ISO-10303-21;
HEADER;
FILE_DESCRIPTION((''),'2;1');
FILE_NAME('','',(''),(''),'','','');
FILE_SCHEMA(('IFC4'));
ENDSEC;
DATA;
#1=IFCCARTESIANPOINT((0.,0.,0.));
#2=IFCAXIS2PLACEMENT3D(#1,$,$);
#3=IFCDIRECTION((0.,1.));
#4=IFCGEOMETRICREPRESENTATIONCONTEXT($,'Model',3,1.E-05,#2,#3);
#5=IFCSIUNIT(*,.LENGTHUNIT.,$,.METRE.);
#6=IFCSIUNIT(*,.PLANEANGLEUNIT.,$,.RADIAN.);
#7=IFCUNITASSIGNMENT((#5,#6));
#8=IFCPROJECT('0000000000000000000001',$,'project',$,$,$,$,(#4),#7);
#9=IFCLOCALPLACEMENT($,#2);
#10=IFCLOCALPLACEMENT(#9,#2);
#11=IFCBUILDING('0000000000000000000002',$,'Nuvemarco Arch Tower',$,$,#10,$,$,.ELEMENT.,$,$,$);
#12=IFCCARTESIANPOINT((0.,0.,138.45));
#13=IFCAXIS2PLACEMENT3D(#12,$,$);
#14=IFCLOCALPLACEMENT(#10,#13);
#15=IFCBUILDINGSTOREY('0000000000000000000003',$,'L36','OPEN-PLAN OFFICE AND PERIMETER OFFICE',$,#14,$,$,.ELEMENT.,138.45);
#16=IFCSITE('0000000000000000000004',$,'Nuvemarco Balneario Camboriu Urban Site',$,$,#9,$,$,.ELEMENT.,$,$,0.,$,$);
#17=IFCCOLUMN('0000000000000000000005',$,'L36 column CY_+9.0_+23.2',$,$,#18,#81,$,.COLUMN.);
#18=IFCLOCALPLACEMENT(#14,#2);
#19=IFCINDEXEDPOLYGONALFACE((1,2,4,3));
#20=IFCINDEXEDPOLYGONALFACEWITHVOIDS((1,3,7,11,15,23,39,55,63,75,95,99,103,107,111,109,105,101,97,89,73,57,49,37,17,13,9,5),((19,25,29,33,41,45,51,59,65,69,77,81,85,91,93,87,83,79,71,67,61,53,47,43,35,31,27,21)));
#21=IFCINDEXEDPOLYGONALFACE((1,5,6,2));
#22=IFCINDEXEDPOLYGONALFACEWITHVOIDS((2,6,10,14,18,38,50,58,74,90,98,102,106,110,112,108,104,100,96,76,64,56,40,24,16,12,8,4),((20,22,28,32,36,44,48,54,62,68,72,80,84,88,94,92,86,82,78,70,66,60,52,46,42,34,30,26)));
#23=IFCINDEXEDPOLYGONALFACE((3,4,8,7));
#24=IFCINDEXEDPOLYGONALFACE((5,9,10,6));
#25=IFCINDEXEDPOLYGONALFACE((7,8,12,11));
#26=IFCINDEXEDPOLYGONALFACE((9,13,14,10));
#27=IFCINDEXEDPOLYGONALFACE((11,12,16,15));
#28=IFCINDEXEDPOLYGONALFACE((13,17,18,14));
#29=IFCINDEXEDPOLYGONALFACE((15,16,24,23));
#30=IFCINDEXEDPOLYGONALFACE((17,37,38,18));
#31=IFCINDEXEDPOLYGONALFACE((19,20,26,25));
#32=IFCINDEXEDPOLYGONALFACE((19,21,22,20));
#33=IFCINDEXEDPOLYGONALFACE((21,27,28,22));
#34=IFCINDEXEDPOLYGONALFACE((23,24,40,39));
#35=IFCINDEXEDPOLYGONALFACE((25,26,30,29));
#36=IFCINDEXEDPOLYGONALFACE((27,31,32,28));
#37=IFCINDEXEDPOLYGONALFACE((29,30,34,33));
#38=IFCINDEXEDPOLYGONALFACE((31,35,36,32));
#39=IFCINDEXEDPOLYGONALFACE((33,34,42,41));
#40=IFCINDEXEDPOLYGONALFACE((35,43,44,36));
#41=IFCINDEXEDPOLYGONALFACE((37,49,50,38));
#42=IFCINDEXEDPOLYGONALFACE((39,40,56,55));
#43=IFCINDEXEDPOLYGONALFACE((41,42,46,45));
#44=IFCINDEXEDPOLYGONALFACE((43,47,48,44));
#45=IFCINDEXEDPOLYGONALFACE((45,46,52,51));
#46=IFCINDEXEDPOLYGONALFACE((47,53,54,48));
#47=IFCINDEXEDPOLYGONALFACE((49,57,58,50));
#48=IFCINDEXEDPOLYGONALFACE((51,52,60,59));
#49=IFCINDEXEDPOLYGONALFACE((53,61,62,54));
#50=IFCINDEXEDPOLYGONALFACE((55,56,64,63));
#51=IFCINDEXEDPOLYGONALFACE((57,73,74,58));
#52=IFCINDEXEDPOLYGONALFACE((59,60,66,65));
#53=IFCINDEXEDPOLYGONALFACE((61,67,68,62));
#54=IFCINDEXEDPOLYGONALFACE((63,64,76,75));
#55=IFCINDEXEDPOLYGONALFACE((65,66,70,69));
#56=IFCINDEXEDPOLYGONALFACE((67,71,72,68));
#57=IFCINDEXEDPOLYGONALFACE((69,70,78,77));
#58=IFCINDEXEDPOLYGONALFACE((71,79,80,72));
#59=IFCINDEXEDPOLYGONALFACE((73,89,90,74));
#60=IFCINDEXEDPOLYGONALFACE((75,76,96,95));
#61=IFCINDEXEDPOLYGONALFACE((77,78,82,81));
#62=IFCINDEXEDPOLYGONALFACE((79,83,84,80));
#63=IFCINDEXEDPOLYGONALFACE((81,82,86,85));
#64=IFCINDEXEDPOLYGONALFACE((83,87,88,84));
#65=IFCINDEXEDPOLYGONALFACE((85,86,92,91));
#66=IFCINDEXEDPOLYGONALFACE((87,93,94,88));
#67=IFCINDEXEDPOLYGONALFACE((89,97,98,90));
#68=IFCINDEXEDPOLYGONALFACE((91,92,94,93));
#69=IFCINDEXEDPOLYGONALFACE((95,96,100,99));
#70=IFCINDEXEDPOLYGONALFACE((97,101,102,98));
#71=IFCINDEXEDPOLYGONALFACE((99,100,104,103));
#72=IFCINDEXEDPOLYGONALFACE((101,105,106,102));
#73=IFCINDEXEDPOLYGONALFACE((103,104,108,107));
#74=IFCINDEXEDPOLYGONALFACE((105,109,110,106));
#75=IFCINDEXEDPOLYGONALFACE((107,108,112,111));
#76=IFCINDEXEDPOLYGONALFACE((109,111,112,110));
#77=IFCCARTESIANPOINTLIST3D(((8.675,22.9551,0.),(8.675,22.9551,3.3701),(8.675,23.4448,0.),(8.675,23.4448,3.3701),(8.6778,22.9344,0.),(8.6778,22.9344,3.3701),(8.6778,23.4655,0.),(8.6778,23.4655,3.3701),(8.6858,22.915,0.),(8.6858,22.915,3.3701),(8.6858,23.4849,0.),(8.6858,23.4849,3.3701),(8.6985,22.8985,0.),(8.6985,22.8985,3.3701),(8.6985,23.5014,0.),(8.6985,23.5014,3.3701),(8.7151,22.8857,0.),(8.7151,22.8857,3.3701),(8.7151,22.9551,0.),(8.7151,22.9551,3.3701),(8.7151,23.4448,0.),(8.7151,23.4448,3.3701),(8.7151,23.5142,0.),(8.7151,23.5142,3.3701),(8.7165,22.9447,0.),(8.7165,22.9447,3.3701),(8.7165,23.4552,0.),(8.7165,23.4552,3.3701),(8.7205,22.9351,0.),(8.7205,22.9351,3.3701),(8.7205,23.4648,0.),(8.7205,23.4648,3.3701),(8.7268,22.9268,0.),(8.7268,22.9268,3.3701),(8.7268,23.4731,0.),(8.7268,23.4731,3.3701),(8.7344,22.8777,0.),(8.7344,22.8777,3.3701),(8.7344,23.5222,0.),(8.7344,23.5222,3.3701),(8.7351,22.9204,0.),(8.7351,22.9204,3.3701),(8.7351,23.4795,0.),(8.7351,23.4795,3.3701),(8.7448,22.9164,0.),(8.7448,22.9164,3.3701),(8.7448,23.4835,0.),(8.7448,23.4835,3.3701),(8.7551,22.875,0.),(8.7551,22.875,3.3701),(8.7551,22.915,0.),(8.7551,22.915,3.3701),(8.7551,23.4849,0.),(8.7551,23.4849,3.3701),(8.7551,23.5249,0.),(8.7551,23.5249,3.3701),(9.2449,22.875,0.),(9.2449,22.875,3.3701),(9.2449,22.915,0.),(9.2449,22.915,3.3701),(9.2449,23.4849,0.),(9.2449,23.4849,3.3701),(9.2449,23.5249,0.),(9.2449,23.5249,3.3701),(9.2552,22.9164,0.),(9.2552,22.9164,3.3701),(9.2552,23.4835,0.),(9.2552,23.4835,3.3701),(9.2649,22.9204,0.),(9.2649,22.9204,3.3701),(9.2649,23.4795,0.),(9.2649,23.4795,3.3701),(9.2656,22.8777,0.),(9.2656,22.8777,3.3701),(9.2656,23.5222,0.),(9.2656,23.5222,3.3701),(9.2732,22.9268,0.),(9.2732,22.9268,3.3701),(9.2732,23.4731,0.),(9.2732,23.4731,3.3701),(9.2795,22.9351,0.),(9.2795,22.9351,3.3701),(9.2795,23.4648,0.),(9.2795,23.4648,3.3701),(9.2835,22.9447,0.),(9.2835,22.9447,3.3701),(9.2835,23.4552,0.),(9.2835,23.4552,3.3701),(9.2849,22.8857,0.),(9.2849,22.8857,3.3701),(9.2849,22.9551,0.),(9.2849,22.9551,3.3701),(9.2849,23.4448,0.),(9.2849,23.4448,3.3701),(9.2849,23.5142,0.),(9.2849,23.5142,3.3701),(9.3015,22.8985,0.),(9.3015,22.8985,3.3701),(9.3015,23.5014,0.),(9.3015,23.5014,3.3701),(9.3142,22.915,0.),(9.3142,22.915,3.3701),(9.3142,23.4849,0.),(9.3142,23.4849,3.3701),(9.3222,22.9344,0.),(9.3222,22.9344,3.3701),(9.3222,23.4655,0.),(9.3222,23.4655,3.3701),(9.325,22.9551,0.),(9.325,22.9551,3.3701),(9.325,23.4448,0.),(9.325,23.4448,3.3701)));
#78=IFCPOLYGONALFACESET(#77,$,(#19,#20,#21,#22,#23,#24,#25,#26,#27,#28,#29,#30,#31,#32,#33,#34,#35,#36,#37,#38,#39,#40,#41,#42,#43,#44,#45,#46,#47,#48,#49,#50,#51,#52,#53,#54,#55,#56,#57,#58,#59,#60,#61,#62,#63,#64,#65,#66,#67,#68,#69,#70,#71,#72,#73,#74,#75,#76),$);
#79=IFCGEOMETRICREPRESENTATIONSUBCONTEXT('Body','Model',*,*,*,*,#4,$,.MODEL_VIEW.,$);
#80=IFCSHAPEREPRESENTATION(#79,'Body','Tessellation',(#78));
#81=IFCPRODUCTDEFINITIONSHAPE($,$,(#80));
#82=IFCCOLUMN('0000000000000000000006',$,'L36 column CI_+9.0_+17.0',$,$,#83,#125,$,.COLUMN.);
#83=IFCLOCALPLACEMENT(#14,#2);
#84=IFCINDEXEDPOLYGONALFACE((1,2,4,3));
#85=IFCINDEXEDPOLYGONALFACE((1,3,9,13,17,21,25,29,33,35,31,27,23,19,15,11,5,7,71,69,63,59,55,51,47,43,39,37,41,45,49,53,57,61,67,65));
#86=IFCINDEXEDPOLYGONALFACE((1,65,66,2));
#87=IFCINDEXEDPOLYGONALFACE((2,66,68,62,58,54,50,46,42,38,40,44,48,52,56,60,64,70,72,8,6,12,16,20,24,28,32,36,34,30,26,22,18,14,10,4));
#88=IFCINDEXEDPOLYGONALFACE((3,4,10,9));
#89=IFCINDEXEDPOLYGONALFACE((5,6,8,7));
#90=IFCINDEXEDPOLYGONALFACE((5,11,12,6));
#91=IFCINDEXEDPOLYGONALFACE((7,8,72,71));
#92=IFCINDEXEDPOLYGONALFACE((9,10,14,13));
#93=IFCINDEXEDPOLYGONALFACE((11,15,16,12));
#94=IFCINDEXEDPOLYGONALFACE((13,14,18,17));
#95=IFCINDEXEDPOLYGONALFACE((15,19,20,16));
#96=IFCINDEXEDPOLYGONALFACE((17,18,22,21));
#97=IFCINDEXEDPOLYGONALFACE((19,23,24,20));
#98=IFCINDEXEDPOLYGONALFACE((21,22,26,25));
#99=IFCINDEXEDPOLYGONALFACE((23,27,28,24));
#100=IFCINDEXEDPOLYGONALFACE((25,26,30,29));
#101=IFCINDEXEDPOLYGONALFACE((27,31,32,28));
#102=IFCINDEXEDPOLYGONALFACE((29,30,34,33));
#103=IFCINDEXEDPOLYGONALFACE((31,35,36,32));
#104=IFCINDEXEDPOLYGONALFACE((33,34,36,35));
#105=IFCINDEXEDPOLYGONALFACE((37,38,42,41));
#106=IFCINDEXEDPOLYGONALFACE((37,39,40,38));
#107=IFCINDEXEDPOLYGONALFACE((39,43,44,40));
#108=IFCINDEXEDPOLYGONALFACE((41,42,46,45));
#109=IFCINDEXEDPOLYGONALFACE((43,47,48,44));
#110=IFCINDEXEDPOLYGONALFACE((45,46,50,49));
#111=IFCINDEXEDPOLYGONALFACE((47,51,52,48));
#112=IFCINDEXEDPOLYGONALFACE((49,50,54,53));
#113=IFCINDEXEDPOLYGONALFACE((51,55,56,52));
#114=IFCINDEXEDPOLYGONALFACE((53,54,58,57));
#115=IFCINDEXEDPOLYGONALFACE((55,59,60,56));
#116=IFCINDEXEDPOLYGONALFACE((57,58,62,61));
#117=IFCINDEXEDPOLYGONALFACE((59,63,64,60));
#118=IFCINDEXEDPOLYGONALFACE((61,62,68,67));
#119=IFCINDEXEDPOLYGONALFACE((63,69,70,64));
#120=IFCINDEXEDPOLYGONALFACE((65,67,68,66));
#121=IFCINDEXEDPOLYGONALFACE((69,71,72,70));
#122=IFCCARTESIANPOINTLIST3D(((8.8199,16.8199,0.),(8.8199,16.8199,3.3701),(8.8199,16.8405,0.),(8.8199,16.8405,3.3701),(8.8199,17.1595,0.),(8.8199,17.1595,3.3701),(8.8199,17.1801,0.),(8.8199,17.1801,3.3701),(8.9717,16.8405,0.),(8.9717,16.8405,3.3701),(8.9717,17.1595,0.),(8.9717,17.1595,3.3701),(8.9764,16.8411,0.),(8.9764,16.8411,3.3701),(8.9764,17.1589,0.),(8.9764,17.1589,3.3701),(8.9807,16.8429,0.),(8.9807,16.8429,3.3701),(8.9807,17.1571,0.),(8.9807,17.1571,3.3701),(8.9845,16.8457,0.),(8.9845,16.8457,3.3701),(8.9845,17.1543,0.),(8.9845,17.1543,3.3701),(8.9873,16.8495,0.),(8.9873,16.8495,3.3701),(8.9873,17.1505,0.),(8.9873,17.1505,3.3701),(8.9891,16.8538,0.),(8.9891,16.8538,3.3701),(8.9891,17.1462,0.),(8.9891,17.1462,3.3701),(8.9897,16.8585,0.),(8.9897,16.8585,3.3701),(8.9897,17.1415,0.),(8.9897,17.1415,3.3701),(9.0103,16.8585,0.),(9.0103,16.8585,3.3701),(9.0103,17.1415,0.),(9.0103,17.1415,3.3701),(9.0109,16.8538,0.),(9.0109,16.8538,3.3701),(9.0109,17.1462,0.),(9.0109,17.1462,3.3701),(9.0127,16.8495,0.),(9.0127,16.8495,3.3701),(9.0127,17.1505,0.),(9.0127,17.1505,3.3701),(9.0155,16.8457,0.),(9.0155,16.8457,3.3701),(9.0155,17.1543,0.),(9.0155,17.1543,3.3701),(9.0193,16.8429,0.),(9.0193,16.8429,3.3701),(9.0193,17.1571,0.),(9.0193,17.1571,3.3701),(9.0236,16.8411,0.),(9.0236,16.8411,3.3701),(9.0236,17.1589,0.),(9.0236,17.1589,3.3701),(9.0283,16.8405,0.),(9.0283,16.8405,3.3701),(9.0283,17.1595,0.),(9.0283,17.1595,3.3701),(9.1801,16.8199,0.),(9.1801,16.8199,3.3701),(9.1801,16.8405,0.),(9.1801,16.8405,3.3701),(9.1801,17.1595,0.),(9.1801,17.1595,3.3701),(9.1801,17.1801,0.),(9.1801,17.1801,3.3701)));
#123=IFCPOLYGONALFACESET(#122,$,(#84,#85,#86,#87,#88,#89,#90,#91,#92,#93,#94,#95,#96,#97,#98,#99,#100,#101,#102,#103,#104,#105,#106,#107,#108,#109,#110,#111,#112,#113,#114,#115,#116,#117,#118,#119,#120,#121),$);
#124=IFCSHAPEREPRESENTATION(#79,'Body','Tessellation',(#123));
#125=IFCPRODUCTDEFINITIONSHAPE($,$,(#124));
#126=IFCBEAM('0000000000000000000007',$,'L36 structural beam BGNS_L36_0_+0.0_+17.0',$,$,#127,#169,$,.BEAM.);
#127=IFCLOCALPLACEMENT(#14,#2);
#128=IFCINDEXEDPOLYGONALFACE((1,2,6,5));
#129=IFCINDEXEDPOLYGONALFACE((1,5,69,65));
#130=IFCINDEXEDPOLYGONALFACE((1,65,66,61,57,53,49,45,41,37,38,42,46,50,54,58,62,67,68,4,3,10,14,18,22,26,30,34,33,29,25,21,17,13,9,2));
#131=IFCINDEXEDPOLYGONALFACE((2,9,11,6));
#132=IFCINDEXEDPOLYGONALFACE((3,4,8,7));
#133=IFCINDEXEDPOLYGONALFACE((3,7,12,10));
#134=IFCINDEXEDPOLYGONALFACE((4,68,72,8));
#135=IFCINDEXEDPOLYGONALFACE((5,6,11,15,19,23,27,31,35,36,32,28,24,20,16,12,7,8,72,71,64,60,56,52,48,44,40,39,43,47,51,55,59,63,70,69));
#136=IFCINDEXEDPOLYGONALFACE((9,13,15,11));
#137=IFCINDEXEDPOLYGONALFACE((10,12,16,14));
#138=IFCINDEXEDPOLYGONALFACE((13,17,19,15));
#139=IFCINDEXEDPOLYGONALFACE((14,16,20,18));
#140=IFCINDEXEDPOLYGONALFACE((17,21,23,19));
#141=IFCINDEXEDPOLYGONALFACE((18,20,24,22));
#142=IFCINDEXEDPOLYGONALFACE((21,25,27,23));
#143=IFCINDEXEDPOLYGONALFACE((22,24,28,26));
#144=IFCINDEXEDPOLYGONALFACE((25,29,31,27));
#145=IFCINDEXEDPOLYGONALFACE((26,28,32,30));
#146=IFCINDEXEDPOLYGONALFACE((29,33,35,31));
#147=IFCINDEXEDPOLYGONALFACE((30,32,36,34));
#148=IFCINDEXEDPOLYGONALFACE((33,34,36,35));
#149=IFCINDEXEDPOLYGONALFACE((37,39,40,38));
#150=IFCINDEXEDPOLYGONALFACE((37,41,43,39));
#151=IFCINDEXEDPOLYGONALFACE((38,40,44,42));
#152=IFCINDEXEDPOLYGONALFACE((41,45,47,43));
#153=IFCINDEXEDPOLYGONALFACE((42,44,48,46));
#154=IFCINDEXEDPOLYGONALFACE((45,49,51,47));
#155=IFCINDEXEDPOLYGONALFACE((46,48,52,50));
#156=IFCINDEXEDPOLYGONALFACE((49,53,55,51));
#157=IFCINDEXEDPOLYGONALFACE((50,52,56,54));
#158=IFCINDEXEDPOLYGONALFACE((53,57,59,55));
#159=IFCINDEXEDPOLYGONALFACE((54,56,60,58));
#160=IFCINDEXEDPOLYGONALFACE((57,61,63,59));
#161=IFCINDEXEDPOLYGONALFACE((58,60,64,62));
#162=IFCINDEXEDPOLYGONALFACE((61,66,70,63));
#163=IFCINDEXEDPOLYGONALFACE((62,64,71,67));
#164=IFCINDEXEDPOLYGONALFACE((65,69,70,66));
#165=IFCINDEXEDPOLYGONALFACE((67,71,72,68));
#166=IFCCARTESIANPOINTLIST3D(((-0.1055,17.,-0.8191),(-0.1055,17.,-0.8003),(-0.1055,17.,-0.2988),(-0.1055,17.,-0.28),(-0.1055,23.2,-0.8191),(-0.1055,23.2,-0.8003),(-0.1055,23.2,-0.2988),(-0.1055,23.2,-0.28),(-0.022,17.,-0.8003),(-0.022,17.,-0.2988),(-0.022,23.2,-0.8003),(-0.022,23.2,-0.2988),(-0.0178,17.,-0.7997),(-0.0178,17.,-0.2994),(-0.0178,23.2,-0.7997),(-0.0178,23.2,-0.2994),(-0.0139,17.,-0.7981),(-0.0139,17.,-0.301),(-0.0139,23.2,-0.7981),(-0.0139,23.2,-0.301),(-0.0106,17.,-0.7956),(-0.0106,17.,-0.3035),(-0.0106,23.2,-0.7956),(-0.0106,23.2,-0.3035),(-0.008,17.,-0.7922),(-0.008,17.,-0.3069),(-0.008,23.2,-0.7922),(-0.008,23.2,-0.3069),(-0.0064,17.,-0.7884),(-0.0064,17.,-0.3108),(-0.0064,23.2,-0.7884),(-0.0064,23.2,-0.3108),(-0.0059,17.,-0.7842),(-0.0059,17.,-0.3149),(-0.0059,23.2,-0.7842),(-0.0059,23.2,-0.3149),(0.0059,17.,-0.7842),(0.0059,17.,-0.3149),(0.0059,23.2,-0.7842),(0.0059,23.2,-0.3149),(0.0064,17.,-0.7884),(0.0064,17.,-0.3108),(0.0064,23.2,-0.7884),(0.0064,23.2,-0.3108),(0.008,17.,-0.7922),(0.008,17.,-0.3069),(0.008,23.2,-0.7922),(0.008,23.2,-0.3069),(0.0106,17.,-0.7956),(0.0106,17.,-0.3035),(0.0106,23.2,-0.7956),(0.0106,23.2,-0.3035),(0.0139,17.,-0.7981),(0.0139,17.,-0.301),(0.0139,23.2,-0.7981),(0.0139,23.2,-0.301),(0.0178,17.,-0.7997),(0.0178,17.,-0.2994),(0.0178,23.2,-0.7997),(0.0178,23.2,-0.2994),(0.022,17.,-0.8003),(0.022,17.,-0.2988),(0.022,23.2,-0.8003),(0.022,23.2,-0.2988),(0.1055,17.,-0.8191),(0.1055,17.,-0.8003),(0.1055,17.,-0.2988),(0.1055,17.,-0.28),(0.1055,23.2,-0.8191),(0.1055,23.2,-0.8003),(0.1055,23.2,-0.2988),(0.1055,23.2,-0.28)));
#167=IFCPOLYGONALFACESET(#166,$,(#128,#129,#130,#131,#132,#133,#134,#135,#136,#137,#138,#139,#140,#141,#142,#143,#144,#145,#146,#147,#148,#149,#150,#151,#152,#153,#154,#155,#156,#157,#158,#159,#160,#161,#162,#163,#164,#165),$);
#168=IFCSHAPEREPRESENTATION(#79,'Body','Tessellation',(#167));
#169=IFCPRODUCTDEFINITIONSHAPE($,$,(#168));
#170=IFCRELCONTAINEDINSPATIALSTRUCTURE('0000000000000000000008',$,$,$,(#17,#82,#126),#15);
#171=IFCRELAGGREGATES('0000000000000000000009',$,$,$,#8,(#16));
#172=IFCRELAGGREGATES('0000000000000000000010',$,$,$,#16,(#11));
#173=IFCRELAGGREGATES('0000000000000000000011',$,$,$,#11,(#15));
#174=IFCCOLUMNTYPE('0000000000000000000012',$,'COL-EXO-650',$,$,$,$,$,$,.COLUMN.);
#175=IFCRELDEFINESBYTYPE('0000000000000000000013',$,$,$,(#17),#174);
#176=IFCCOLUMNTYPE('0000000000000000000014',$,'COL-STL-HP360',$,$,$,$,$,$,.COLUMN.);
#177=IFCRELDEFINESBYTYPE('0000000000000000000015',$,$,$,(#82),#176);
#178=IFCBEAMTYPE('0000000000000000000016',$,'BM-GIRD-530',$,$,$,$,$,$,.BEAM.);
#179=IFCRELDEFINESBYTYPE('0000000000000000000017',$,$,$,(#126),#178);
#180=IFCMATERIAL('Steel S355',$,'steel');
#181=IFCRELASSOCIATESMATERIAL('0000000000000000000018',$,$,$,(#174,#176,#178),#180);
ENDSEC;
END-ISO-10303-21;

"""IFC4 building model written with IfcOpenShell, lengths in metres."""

from ifc_helpers import new_model, si_unit, direction, frame, origin, origin_2d, place, context, subcontext, project, spatial, hollow_rectangle, i_section, extrude, material, material_profile, profile_set, type_object, element, save


model = new_model("IFC4")

# Units and contexts
model_context = context("Model", 3, precision=1e-05, world=origin(), true_north=direction((0.0, 1.0)))
body_context = subcontext(model_context, "Body", "Model", "MODEL_VIEW")
ifc_project = project(units=[si_unit("LENGTHUNIT", "METRE"), si_unit("PLANEANGLEUNIT", "RADIAN")], contexts=[model_context])

# Site, building, storey
site_placement = place(None, origin())
site = spatial("IfcSite", under=ifc_project, at=site_placement, Name="Nuvemarco Balneario Camboriu Urban Site", CompositionType="ELEMENT", RefElevation=0.0)
building_placement = place(site_placement, origin())
building = spatial("IfcBuilding", under=site, at=building_placement, Name="Nuvemarco Arch Tower", CompositionType="ELEMENT")
storey_placement = place(building_placement, frame((0.0, 0.0, 138.45)))
storey = spatial("IfcBuildingStorey", under=building, at=storey_placement, Name="L36", Description="OPEN-PLAN OFFICE AND PERIMETER OFFICE", CompositionType="ELEMENT", Elevation=138.45)

# Columns
ifc_material_1 = material(Name="Steel S355", Category="steel")
ifc_material_profile_1 = material_profile(ifc_material_1, hollow_rectangle(XDim=0.6499, YDim=0.6499, WallThickness=0.04, InnerFilletRadius=0.04, OuterFilletRadius=0.0801, at=origin_2d()), Name="SHS650x650x40")
ifc_profile_set_1 = profile_set([ifc_material_profile_1], Name="Steel S355")
column_type_1 = type_object("IfcColumnType", Name="COL-EXO-650", PredefinedType="COLUMN", material=ifc_profile_set_1)
column_1_placement = place(storey_placement, frame((9.0, 23.2, 0.0), z_axis=(0.0, 0.0, 1.0), x_axis=(1.0, 0.0, 0.0)))
element("IfcColumn", 1, at=column_1_placement, inside=storey, type_object=column_type_1, Name="L36 column CY_+9.0_+23.2", PredefinedType="COLUMN", context=body_context, shape_type="SweptSolid", body=[
    extrude(hollow_rectangle(XDim=0.6499, YDim=0.6499, WallThickness=0.04, InnerFilletRadius=0.04, OuterFilletRadius=0.0801, at=origin_2d()), origin(), (0.0, 0.0, 1.0), 3.3701),
])
ifc_material_profile_2 = material_profile(ifc_material_1, i_section(OverallWidth=0.3601, OverallDepth=0.3601, WebThickness=0.0205, FlangeThickness=0.0205, FilletRadius=0.0181, at=origin_2d()), Name="HP360x174")
ifc_profile_set_2 = profile_set([ifc_material_profile_2], Name="Steel S355")
column_type_2 = type_object("IfcColumnType", Name="COL-STL-HP360", PredefinedType="COLUMN", material=ifc_profile_set_2)
column_2_placement = place(storey_placement, frame((9.0, 17.0, 0.0), z_axis=(0.0, 0.0, 1.0), x_axis=(1.0, 0.0, 0.0)))
element("IfcColumn", 2, at=column_2_placement, inside=storey, type_object=column_type_2, Name="L36 column CI_+9.0_+17.0", PredefinedType="COLUMN", context=body_context, shape_type="SweptSolid", body=[
    extrude(i_section(OverallWidth=0.3601, OverallDepth=0.3601, WebThickness=0.0205, FlangeThickness=0.0205, FilletRadius=0.0181, at=origin_2d()), origin(), (0.0, 0.0, 1.0), 3.3701),
])

# Beam
ifc_material_profile_3 = material_profile(ifc_material_1, i_section(OverallWidth=0.2109, OverallDepth=0.5391, WebThickness=0.0117, FlangeThickness=0.0188, FilletRadius=0.0161, at=origin_2d()), Name="W530x109")
ifc_profile_set_3 = profile_set([ifc_material_profile_3], Name="Steel S355")
beam_type_1 = type_object("IfcBeamType", Name="BM-GIRD-530", PredefinedType="BEAM", material=ifc_profile_set_3)
for number, where, z_axis, x_axis, name in (
    (3, (0.0, 17.0, -0.5496), (0.0, 1.0, 0.0), (-1.0, 0.0, 0.0), "L36 structural beam BGNS_L36_0_+0.0_+17.0"),
):
    element("IfcBeam", number, at=place(storey_placement, frame(where, z_axis=z_axis, x_axis=x_axis)), inside=storey, type_object=beam_type_1, Name=name, PredefinedType="BEAM", context=body_context, shape_type="SweptSolid", body=[
        extrude(i_section(OverallWidth=0.2109, OverallDepth=0.5391, WebThickness=0.0117, FlangeThickness=0.0188, FilletRadius=0.0161, at=origin_2d()), origin(), (0.0, 0.0, 1.0), 6.2),
    ])

save(model, "model.ifc")
